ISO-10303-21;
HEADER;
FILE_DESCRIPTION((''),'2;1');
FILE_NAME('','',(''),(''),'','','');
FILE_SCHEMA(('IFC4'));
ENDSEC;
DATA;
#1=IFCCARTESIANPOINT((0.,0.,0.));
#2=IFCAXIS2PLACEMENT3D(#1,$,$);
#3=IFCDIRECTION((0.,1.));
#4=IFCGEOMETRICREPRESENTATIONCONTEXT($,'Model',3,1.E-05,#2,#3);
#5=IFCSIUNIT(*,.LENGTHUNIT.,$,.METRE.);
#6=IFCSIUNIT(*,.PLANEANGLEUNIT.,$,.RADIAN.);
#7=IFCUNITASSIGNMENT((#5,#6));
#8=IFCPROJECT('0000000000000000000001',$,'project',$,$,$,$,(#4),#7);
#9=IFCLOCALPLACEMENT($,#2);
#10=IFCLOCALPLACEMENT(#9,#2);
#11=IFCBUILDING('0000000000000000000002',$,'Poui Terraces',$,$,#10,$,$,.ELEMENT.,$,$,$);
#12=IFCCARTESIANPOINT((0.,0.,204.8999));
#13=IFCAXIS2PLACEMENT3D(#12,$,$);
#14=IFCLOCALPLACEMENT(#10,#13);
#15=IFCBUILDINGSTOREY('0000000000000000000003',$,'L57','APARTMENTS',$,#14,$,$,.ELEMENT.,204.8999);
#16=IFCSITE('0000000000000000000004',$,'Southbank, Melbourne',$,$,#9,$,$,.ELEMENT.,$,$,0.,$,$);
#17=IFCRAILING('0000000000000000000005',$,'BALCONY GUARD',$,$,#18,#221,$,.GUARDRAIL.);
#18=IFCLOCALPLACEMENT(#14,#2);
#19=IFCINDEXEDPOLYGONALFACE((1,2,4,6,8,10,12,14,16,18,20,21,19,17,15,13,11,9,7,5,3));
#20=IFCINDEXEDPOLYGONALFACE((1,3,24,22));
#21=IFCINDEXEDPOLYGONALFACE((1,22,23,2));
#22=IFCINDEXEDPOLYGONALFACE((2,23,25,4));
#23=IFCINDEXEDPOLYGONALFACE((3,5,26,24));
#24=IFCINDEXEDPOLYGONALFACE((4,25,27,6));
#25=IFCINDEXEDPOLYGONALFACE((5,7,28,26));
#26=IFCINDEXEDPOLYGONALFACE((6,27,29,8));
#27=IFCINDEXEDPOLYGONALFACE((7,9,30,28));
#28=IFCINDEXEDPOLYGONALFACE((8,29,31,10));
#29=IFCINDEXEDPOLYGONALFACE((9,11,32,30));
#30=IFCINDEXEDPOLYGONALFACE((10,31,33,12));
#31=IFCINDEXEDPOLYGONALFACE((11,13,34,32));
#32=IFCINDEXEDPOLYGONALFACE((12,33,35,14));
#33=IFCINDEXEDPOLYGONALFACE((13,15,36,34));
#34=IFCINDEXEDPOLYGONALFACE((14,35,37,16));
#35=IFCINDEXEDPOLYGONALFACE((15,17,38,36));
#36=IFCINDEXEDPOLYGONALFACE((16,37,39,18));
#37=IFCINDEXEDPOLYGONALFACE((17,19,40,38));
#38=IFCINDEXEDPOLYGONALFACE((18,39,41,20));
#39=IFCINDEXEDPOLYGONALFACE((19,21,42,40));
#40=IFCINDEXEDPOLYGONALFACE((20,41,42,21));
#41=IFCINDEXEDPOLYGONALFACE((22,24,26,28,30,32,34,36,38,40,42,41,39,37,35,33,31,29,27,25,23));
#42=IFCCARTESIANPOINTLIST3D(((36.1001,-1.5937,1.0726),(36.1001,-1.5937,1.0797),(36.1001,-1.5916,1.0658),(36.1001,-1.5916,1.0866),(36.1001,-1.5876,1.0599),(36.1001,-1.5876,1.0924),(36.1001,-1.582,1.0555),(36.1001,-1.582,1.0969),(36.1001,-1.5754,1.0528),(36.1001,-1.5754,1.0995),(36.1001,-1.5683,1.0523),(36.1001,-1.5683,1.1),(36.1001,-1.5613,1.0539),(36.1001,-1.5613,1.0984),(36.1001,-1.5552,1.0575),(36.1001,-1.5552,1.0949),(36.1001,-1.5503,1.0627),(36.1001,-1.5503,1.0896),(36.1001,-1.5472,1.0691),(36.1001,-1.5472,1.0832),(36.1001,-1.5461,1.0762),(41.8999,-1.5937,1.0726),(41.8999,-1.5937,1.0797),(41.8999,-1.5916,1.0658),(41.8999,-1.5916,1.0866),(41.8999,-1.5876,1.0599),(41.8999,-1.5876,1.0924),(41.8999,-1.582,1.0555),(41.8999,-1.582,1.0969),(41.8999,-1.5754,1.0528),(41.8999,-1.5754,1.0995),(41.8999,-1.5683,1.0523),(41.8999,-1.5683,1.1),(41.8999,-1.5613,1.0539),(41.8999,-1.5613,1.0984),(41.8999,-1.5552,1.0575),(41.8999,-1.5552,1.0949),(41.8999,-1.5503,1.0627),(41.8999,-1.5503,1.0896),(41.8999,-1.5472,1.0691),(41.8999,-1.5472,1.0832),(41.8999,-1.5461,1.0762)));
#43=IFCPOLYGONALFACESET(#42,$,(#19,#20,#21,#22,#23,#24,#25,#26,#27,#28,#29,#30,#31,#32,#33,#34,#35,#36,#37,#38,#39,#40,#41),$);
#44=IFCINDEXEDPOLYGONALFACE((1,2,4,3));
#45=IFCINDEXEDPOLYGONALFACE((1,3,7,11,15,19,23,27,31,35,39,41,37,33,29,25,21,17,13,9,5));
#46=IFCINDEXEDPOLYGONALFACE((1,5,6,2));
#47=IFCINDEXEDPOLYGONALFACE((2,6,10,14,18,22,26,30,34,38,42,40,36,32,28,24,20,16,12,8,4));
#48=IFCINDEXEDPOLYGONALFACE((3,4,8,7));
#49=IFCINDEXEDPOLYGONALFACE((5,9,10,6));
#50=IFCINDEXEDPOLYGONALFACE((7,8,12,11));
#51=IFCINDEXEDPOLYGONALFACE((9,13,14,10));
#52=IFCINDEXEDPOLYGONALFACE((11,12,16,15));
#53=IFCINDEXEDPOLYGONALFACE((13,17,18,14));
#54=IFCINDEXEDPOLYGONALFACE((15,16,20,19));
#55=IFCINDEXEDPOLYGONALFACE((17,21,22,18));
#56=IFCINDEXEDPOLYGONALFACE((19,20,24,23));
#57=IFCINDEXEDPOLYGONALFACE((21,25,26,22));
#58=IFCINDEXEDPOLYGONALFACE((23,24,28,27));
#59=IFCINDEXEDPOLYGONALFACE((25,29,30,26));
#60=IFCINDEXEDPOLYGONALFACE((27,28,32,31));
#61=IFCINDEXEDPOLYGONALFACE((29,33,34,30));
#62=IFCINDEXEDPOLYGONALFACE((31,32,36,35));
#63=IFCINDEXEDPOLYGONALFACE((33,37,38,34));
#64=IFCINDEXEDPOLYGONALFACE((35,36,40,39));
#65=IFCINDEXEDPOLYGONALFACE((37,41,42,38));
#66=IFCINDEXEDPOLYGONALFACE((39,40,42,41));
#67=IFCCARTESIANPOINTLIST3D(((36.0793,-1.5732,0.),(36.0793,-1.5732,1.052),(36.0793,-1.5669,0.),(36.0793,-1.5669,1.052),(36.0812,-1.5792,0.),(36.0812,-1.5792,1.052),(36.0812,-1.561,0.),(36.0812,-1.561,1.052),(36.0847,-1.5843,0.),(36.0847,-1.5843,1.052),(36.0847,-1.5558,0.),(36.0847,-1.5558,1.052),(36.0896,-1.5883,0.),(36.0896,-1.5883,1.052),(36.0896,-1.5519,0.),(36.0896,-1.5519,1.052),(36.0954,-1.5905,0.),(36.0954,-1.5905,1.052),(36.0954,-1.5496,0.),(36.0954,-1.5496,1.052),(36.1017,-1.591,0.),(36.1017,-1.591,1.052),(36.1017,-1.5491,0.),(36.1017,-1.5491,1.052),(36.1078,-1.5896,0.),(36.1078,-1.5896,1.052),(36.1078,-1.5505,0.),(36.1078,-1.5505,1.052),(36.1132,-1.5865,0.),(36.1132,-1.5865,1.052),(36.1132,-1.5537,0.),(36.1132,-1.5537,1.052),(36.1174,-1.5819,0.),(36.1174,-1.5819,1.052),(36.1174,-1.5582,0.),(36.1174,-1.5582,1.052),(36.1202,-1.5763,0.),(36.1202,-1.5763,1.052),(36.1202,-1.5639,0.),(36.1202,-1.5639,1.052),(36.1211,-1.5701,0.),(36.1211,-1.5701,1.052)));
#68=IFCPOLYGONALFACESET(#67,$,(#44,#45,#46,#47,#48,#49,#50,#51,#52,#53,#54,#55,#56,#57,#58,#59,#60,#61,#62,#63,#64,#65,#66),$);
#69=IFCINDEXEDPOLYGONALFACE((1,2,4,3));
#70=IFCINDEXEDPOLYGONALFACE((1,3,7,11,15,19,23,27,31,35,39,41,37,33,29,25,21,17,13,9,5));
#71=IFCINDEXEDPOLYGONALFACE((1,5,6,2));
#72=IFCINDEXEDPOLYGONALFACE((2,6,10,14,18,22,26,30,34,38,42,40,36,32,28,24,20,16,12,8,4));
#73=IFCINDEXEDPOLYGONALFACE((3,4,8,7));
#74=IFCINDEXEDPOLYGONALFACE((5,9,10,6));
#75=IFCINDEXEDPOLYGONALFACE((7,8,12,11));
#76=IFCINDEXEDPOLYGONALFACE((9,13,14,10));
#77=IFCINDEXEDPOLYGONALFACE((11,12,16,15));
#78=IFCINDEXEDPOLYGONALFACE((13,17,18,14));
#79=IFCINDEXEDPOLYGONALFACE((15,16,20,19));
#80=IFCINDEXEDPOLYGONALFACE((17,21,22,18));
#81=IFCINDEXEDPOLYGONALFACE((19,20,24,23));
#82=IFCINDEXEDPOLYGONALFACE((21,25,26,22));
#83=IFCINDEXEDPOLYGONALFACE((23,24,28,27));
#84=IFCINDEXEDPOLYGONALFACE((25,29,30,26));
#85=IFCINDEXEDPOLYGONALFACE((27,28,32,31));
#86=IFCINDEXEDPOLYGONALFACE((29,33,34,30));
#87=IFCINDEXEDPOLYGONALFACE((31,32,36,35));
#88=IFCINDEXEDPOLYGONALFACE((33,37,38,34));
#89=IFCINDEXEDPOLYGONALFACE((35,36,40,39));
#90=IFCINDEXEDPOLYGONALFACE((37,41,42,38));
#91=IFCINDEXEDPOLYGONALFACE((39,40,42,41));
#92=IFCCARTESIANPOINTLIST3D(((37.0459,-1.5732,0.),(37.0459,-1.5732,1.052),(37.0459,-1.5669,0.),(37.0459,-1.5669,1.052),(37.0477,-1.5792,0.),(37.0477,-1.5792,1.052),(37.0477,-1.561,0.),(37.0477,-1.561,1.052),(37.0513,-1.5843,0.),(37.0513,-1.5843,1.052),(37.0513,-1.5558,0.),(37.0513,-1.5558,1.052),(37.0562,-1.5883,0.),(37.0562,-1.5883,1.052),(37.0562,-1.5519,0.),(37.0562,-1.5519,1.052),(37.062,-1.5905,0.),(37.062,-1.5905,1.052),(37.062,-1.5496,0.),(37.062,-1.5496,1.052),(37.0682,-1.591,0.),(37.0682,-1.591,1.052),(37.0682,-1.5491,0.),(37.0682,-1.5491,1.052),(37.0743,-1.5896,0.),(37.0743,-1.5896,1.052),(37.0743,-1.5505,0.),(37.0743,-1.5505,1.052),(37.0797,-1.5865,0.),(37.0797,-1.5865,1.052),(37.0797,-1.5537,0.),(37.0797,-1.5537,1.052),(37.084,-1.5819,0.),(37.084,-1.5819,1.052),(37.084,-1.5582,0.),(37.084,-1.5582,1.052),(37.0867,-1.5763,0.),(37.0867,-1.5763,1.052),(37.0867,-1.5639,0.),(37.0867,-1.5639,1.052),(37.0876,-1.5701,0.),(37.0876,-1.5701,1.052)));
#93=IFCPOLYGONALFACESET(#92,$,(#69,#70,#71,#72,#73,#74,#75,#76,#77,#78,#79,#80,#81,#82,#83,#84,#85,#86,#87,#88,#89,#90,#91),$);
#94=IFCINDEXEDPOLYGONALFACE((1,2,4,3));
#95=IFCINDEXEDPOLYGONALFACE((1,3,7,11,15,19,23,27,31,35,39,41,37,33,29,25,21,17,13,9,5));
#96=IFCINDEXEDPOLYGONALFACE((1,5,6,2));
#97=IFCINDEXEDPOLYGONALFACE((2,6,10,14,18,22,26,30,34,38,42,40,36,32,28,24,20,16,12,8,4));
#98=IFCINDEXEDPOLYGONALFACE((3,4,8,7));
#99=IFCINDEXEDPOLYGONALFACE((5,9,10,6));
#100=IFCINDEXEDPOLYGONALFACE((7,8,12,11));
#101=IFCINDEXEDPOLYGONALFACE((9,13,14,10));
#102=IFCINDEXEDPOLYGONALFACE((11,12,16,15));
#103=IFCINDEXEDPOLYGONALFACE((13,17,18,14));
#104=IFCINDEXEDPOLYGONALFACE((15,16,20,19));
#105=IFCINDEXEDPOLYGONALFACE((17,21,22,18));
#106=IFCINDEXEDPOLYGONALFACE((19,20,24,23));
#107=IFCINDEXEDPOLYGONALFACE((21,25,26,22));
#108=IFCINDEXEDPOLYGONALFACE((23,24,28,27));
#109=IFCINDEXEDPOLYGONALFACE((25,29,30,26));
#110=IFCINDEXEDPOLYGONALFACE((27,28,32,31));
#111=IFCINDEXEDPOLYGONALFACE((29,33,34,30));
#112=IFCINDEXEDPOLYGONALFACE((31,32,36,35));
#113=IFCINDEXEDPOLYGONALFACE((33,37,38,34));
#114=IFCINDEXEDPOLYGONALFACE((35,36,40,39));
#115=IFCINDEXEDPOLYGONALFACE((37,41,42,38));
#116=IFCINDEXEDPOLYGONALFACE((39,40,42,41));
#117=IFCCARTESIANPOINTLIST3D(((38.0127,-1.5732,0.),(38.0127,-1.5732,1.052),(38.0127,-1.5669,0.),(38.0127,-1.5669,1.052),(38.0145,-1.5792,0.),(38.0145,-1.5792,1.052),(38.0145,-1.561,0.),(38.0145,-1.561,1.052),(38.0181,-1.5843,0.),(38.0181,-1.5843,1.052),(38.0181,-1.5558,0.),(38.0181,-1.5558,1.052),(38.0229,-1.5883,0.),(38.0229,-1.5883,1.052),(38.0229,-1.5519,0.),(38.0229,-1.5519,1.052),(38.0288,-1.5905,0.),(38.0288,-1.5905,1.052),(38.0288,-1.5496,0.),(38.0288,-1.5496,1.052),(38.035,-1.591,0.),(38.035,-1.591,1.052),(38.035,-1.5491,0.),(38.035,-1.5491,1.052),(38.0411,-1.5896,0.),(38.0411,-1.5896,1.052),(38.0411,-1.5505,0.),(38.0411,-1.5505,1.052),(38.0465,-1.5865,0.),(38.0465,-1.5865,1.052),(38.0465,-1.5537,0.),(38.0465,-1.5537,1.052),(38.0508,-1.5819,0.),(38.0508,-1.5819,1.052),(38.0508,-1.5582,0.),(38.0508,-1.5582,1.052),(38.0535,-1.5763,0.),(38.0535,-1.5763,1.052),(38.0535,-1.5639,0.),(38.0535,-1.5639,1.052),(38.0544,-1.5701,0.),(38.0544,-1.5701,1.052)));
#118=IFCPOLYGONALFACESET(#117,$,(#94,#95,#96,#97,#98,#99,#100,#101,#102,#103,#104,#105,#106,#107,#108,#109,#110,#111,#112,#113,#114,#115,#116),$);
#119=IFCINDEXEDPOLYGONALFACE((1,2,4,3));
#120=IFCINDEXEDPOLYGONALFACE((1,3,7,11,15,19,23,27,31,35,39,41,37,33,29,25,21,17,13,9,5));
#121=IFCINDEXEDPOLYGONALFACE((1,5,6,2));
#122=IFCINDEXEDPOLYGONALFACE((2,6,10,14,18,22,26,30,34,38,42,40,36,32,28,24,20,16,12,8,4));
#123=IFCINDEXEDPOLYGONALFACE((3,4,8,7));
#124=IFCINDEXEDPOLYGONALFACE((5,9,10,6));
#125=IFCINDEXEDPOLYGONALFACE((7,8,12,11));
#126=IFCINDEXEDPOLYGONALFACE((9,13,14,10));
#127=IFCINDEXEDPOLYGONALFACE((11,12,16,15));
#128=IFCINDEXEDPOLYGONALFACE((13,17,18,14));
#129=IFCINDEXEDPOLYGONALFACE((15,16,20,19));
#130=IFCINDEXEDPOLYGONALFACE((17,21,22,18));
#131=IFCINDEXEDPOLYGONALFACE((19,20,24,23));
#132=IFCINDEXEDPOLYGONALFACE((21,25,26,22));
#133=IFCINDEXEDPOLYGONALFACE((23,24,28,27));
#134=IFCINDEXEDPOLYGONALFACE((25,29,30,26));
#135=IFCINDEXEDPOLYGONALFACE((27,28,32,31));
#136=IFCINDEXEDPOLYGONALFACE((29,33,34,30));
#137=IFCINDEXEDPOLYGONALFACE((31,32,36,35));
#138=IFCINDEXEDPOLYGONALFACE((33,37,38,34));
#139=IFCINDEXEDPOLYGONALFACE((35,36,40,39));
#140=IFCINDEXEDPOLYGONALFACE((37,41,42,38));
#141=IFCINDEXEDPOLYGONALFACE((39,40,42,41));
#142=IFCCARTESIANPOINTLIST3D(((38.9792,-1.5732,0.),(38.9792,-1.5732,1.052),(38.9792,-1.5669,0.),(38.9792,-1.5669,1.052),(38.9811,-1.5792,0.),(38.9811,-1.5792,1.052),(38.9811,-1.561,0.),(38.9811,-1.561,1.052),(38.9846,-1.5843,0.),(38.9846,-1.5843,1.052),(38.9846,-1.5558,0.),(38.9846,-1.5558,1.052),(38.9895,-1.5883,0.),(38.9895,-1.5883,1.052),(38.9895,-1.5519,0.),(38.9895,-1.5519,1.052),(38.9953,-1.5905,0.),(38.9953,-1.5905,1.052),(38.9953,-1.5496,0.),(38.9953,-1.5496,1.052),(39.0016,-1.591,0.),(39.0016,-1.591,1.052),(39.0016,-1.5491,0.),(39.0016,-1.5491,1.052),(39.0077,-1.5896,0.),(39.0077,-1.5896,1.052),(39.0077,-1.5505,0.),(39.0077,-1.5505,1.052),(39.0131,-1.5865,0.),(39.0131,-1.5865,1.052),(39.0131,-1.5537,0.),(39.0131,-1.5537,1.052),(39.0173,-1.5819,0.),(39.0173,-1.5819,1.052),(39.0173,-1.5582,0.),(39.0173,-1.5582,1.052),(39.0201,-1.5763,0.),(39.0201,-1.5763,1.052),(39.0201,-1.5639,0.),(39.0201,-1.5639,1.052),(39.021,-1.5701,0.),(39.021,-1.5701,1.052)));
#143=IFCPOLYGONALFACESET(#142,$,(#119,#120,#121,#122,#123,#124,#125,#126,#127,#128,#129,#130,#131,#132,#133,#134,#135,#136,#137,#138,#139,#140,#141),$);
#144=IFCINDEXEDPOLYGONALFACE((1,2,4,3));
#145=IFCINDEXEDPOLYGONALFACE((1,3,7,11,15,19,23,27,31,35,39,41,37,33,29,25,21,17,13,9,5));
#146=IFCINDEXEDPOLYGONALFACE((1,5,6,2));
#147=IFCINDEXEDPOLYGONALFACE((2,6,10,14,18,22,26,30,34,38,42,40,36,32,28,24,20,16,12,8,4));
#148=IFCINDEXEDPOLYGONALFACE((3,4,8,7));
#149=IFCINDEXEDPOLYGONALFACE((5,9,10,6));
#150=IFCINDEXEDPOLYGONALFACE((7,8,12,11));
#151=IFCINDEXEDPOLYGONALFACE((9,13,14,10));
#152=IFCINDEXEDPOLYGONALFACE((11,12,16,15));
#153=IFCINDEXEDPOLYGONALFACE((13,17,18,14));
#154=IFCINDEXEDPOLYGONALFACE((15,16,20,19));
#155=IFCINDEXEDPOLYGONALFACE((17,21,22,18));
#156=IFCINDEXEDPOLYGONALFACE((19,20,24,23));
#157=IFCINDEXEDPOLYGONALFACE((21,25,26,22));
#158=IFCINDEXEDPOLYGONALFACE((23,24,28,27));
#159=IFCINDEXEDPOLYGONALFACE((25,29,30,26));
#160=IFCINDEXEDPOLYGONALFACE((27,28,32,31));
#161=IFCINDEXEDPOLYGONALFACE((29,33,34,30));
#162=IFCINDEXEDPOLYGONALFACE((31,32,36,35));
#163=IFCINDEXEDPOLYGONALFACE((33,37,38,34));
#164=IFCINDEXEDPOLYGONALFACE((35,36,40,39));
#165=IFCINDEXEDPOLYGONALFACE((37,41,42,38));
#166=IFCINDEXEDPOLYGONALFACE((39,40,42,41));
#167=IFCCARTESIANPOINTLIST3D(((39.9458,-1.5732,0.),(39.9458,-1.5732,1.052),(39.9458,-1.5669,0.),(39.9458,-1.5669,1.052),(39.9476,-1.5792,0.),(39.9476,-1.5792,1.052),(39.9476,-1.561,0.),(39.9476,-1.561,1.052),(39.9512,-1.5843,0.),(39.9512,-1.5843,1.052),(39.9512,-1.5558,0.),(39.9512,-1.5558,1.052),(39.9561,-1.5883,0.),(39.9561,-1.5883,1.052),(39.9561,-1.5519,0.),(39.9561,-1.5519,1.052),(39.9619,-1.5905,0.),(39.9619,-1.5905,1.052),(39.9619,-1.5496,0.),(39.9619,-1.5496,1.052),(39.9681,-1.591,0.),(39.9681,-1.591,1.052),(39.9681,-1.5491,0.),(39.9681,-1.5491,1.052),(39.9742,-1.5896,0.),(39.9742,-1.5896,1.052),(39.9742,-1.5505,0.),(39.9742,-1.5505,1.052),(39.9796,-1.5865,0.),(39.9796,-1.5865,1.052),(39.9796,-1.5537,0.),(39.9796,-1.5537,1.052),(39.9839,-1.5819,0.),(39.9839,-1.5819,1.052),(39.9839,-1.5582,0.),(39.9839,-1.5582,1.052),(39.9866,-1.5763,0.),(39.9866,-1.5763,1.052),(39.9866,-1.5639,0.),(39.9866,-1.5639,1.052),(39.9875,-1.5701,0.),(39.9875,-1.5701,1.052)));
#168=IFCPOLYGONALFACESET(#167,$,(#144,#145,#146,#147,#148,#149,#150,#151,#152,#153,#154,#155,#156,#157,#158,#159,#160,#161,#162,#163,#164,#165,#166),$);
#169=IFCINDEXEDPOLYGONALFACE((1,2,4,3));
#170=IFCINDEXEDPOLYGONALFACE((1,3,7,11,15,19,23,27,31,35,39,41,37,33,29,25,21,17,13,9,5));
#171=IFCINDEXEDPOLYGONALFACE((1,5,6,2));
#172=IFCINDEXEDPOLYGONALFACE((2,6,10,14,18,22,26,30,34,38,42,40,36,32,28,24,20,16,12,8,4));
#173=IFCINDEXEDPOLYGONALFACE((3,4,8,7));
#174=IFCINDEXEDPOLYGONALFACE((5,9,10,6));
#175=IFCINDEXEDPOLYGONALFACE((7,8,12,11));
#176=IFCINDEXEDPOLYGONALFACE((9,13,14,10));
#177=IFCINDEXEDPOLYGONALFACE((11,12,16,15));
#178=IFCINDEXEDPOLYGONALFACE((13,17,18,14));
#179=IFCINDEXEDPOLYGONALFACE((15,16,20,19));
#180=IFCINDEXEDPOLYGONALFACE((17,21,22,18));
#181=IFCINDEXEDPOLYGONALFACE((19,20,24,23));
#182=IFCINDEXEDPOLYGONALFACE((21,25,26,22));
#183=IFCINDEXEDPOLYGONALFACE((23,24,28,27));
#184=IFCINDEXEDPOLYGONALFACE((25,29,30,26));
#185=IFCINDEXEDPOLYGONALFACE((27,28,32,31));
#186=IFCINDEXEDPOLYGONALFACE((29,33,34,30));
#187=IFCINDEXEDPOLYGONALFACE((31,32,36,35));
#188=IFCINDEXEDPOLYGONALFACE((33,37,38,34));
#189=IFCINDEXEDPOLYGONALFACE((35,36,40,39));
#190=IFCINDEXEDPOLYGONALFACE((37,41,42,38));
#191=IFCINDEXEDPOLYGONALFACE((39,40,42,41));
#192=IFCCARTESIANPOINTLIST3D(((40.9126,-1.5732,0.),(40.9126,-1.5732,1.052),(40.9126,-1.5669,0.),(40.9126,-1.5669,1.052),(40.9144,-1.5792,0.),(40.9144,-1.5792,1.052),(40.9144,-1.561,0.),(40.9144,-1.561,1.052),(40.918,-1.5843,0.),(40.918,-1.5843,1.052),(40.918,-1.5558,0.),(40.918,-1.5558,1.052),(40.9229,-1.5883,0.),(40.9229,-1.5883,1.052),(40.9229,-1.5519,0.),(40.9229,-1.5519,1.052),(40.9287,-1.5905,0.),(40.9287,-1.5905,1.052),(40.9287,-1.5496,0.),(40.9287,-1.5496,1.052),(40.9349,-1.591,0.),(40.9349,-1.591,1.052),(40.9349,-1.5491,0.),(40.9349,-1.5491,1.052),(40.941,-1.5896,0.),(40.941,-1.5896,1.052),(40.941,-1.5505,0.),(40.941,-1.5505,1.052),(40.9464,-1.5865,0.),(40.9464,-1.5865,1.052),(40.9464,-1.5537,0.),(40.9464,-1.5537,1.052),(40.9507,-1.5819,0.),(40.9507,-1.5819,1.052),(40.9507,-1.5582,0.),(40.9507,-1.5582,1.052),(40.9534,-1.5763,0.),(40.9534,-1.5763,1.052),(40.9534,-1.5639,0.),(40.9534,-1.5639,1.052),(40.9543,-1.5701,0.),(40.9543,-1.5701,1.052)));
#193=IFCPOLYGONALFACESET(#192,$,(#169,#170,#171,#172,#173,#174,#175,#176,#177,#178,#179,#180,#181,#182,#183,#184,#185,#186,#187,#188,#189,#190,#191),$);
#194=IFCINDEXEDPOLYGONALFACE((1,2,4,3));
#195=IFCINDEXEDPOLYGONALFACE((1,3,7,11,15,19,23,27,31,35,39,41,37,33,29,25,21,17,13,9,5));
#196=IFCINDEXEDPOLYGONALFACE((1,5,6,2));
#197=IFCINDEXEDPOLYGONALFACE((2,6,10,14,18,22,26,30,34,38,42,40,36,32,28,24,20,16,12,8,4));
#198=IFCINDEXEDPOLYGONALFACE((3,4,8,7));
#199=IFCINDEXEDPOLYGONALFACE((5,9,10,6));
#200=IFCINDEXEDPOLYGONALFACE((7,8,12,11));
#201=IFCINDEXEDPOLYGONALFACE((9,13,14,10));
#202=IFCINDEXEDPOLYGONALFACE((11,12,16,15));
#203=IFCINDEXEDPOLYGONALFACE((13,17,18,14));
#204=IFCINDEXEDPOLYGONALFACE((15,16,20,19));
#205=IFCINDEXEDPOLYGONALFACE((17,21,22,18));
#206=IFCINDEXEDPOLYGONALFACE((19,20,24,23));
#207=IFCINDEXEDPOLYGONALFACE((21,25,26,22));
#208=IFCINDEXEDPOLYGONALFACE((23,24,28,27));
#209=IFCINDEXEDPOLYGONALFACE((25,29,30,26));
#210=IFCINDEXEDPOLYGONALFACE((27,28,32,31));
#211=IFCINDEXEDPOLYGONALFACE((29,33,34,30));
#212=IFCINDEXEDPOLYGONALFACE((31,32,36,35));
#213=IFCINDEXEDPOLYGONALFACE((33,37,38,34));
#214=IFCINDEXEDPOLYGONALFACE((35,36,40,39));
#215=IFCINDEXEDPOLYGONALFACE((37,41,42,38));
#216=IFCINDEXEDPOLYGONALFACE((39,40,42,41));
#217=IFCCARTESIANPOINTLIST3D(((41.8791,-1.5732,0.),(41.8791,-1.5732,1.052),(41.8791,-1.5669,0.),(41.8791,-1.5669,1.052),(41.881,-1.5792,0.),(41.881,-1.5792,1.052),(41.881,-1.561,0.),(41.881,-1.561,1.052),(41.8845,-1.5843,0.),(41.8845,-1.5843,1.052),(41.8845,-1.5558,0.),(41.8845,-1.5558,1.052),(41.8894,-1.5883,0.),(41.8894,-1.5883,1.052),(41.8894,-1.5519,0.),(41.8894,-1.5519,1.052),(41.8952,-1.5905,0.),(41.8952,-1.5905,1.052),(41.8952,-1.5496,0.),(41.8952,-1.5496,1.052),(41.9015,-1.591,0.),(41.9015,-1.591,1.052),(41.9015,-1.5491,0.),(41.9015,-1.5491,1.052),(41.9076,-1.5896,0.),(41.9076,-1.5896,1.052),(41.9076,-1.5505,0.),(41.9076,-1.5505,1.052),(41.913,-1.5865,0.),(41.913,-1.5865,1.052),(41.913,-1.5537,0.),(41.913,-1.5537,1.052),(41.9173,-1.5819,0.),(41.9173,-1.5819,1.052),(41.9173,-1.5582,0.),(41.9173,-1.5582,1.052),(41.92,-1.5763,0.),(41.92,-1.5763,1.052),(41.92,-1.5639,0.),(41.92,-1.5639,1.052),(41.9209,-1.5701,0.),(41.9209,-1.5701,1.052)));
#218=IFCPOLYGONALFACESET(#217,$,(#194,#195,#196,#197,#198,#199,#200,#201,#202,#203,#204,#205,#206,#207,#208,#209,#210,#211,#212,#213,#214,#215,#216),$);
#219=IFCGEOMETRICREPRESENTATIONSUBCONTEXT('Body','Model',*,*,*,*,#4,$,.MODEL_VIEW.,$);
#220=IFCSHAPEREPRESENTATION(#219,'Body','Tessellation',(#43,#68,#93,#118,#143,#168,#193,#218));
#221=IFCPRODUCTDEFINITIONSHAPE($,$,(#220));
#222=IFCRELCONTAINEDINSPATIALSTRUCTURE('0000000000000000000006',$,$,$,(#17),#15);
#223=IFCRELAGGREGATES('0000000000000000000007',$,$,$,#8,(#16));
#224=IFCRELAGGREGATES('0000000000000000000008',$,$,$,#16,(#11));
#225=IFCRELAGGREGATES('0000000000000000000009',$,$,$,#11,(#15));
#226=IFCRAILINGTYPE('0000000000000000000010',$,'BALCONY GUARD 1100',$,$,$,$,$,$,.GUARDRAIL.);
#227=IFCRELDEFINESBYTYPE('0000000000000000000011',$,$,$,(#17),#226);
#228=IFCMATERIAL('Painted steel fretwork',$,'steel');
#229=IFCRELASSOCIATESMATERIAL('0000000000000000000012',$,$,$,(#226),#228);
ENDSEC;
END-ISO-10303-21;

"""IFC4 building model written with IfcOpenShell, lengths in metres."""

from ifc_helpers import new_model, si_unit, direction, frame, origin, origin_2d, place, context, subcontext, project, spatial, circle, extrude, material, type_object, element, save


model = new_model("IFC4")

# Units and contexts
model_context = context("Model", 3, precision=1e-05, world=origin(), true_north=direction((0.0, 1.0)))
body_context = subcontext(model_context, "Body", "Model", "MODEL_VIEW")
ifc_project = project(units=[si_unit("LENGTHUNIT", "METRE"), si_unit("PLANEANGLEUNIT", "RADIAN")], contexts=[model_context])

# Site, building, storey
site_placement = place(None, origin())
site = spatial("IfcSite", under=ifc_project, at=site_placement, Name="Southbank, Melbourne", CompositionType="ELEMENT", RefElevation=0.0)
building_placement = place(site_placement, origin())
building = spatial("IfcBuilding", under=site, at=building_placement, Name="Poui Terraces", CompositionType="ELEMENT")
storey_placement = place(building_placement, frame((0.0, 0.0, 204.8999)))
storey = spatial("IfcBuildingStorey", under=building, at=storey_placement, Name="L57", Description="APARTMENTS", CompositionType="ELEMENT", Elevation=204.8999)

# Railing
ifc_material_1 = material(Name="Painted steel fretwork", Category="steel")
railing_type = type_object("IfcRailingType", Name="BALCONY GUARD 1100", PredefinedType="GUARDRAIL", material=ifc_material_1)
railing_placement = place(storey_placement, frame((36.1001, -1.5701, 0.0)))
element("IfcRailing", 1, at=railing_placement, inside=storey, type_object=railing_type, Name="BALCONY GUARD", PredefinedType="GUARDRAIL", context=body_context, shape_type="SweptSolid", body=[
    extrude(circle(Radius=0.0239, at=origin_2d()), frame((0.0, 0.0, 1.0762), z_axis=(1.0, 0.0, 0.0), x_axis=(0.0, 1.0, 0.0)), (0.0, 0.0, 1.0), 5.7998),
    extrude(circle(Radius=0.021, at=origin_2d()), origin(), (0.0, 0.0, 1.0), 1.052),
    extrude(circle(Radius=0.021, at=origin_2d()), frame((0.9666, 0.0, 0.0)), (0.0, 0.0, 1.0), 1.052),
    extrude(circle(Radius=0.021, at=origin_2d()), frame((1.9333, 0.0, 0.0)), (0.0, 0.0, 1.0), 1.052),
    extrude(circle(Radius=0.021, at=origin_2d()), frame((2.8999, 0.0, 0.0)), (0.0, 0.0, 1.0), 1.052),
    extrude(circle(Radius=0.021, at=origin_2d()), frame((3.8665, 0.0, 0.0)), (0.0, 0.0, 1.0), 1.052),
    extrude(circle(Radius=0.021, at=origin_2d()), frame((4.8333, 0.0, 0.0)), (0.0, 0.0, 1.0), 1.052),
    extrude(circle(Radius=0.021, at=origin_2d()), frame((5.7998, 0.0, 0.0)), (0.0, 0.0, 1.0), 1.052),
])

save(model, "model.ifc")
